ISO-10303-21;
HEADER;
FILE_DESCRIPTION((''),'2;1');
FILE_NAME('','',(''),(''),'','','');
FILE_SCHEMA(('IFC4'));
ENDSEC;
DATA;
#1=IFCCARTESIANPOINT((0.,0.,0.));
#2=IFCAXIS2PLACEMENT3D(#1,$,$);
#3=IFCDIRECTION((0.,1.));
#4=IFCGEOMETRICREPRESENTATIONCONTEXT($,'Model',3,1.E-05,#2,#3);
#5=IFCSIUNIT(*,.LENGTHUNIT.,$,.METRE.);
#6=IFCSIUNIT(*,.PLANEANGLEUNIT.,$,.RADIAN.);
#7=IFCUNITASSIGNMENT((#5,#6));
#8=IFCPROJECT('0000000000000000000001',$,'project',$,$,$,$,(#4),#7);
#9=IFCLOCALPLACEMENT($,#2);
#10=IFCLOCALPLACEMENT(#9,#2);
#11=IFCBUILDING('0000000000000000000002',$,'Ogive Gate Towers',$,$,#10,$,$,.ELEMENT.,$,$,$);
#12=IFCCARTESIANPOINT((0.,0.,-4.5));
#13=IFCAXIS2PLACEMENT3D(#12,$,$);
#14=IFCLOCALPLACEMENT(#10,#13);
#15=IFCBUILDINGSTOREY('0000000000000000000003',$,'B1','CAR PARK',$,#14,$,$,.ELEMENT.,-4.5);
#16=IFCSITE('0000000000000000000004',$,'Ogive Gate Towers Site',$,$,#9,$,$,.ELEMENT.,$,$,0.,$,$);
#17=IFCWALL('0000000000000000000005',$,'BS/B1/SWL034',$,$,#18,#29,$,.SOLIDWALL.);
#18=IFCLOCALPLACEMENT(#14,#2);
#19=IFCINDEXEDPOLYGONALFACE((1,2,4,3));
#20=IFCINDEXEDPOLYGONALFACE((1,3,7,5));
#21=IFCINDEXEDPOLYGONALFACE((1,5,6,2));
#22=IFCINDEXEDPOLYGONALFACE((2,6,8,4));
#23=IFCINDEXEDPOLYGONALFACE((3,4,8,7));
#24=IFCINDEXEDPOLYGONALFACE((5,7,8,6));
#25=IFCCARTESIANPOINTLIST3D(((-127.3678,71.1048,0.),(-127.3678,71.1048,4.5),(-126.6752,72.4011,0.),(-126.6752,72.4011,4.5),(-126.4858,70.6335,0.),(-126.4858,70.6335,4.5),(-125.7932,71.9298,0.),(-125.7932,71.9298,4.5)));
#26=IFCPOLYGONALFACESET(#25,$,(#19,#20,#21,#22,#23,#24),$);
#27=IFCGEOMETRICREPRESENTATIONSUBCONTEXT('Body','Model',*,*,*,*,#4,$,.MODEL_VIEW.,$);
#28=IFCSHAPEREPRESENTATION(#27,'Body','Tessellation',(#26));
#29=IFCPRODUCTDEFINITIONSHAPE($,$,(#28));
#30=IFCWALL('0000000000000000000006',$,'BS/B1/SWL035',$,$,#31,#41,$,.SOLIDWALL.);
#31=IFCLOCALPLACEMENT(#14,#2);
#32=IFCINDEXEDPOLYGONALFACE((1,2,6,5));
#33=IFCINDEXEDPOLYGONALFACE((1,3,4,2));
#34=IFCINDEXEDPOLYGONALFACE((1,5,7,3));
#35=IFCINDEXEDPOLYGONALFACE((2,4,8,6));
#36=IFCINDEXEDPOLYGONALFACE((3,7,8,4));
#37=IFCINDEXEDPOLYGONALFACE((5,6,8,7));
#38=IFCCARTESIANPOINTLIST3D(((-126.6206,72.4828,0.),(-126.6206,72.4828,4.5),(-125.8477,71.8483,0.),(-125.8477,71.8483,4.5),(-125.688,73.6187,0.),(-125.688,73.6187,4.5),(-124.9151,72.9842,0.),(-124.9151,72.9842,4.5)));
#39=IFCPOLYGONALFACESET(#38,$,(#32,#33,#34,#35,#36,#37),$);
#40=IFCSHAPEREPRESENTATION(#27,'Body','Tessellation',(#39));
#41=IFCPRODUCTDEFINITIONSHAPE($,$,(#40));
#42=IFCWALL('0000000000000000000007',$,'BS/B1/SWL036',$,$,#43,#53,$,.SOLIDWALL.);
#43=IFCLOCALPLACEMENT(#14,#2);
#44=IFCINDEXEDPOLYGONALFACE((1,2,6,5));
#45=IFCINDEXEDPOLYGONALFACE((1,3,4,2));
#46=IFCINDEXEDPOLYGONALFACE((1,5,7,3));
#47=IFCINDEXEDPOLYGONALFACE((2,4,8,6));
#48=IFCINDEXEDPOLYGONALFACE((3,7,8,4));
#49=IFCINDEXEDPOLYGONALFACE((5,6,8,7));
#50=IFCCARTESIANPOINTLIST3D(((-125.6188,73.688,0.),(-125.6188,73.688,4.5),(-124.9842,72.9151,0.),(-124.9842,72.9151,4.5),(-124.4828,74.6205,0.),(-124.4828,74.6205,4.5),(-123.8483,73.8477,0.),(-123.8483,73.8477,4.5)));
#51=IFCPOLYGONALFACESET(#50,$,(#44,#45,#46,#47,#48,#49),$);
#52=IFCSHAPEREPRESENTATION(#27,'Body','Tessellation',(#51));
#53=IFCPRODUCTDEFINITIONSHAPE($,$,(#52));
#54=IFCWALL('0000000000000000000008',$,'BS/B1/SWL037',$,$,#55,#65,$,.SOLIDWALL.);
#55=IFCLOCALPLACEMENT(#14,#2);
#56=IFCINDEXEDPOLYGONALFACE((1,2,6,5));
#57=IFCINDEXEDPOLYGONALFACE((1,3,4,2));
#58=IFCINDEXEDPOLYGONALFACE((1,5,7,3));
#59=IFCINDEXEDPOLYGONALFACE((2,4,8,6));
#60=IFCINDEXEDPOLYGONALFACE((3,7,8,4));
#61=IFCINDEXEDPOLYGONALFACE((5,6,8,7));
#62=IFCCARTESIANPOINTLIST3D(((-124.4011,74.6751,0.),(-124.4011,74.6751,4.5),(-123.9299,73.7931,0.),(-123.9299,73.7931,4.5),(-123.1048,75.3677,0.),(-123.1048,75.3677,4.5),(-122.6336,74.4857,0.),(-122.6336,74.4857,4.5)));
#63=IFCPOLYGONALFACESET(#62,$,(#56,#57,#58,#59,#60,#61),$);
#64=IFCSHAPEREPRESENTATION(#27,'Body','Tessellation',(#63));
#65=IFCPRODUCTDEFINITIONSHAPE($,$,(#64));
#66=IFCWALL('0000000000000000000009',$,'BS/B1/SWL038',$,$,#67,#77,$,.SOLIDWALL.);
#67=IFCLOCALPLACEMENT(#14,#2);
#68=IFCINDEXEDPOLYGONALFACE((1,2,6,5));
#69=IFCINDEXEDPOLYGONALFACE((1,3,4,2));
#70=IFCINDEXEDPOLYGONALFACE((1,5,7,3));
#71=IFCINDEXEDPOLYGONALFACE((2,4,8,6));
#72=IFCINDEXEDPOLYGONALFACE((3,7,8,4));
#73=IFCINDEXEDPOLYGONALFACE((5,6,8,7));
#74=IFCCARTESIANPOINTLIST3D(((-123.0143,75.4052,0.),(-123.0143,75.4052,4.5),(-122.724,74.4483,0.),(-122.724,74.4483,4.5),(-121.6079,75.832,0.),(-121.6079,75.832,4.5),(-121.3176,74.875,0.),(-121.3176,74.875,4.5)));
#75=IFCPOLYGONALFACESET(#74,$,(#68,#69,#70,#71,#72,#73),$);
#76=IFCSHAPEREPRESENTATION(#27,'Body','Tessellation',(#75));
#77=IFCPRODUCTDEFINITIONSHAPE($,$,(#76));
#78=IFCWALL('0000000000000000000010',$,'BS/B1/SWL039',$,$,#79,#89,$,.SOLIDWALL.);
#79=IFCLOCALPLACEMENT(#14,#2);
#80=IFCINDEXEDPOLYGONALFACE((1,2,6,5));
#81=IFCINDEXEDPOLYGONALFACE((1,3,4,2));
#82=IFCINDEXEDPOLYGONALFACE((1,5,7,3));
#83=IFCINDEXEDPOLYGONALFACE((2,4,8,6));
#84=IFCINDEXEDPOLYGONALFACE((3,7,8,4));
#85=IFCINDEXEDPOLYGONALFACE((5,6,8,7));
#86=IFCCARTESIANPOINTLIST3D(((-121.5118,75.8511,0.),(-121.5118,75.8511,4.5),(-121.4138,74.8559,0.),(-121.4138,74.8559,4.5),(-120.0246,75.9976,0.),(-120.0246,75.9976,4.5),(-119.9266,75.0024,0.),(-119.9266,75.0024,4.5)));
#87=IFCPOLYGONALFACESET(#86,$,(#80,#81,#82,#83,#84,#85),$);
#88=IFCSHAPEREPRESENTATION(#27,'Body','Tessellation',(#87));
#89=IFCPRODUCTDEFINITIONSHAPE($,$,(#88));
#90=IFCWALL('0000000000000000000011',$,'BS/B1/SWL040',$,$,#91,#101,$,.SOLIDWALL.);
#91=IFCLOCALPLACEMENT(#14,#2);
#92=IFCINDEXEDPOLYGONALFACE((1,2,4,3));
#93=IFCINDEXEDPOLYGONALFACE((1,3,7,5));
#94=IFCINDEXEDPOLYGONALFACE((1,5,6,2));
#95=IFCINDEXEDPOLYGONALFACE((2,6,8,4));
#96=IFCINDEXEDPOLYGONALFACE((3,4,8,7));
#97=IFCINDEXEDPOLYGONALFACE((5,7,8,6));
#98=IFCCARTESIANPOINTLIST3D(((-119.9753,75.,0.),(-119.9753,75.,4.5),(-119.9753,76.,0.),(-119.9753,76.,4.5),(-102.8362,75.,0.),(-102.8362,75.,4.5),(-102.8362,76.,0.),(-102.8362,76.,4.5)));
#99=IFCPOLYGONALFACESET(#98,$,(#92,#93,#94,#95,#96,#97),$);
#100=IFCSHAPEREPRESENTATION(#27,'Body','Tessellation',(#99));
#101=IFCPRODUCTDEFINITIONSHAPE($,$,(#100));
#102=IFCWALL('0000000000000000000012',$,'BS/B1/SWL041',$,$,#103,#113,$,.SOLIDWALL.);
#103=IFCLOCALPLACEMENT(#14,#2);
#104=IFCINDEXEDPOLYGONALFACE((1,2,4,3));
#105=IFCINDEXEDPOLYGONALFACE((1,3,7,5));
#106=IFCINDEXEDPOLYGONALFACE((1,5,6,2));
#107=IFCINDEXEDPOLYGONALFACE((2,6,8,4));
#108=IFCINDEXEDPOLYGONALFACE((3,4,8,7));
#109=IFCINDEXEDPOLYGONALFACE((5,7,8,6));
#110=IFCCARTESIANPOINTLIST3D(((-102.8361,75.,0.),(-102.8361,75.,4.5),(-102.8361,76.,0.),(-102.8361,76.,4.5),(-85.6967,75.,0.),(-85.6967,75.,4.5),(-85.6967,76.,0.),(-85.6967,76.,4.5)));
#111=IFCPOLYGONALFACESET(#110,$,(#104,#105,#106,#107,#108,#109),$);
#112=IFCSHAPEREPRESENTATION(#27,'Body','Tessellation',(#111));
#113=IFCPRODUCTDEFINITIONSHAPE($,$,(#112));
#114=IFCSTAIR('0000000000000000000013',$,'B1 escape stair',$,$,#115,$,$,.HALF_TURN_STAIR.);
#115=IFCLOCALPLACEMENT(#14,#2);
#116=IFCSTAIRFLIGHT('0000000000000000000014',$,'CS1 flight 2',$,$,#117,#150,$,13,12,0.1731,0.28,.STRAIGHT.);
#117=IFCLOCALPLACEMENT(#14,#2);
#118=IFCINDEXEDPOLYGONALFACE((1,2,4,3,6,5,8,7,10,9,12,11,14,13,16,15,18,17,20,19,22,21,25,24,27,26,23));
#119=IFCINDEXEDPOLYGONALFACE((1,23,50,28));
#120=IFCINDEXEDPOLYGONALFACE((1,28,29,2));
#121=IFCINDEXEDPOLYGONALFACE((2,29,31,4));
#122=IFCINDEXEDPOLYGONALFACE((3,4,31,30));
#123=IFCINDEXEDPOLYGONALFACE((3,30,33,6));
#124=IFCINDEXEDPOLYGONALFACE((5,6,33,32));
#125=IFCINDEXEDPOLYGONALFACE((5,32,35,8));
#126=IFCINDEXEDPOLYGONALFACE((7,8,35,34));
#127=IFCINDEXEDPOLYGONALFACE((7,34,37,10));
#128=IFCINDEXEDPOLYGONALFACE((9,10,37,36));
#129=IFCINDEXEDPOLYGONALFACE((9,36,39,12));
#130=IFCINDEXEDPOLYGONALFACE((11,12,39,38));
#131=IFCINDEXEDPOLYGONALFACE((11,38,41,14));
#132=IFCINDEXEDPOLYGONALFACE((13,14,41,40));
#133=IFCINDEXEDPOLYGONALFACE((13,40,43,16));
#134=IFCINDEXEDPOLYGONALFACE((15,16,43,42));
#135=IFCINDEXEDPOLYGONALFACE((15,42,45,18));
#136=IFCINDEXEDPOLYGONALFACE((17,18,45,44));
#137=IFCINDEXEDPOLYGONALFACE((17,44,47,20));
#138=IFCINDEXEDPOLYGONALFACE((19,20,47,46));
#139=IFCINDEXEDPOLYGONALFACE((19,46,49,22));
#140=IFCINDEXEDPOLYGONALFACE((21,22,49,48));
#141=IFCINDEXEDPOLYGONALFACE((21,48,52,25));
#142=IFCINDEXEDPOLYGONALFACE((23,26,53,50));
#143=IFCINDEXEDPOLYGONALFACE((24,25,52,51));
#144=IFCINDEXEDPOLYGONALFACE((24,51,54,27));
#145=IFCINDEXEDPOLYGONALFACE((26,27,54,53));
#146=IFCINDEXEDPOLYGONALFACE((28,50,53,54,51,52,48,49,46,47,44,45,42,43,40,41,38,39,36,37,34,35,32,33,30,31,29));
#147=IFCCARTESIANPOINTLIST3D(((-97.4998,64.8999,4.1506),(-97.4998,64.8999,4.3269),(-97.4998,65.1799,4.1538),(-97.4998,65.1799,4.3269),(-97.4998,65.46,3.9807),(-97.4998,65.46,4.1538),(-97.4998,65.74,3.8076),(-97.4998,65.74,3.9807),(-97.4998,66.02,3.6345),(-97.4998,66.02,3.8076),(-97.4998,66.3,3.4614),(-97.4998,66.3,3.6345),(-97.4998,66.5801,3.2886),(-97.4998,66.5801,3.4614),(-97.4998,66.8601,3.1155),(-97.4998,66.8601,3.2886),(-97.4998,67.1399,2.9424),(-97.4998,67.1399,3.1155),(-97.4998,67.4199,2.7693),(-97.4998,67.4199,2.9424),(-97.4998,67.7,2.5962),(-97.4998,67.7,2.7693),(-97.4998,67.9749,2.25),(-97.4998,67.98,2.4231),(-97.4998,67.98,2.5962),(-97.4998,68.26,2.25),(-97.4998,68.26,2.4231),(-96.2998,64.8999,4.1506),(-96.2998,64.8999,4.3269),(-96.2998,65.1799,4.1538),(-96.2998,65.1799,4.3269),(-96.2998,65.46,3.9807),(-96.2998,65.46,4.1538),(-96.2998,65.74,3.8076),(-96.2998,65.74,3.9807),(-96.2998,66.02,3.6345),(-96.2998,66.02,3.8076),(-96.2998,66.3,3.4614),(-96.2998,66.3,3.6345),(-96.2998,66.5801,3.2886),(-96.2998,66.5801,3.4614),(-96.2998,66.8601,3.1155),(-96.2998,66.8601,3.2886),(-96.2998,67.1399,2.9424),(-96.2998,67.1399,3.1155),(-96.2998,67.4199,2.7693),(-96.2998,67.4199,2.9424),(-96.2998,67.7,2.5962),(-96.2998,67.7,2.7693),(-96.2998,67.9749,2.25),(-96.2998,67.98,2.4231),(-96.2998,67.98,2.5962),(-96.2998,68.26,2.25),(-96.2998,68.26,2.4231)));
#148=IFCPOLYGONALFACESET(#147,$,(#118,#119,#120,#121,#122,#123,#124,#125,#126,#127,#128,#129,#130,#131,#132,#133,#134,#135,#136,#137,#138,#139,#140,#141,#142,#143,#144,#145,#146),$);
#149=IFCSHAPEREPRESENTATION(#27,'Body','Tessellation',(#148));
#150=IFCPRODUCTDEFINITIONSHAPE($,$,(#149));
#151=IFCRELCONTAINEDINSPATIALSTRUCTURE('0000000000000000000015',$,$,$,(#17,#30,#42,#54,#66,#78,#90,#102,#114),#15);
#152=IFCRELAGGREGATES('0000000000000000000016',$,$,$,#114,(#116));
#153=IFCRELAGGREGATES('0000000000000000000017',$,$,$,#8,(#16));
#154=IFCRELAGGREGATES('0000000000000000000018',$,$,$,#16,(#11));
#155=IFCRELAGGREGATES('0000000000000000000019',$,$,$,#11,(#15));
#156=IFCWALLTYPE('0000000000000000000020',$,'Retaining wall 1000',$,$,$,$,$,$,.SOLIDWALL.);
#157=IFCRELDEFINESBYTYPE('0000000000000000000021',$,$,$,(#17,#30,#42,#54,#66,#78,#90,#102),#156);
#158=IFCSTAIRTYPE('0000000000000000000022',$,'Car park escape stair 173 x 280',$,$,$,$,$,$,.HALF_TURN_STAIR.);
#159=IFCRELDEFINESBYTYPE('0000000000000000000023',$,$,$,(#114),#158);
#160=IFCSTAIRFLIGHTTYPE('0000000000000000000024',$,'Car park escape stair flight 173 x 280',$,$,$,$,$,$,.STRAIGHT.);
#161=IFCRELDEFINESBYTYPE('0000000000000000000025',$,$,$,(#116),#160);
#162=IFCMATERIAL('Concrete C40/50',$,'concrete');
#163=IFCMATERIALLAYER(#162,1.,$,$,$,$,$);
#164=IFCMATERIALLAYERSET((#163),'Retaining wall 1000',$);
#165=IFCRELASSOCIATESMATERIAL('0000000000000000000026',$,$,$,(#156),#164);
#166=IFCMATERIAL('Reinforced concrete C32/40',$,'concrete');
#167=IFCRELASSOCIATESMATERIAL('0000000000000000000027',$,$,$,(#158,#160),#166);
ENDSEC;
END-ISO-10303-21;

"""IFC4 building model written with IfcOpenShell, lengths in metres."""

from ifc_helpers import new_model, si_unit, direction, frame, frame_2d, origin, place, context, subcontext, project, spatial, polyline, rectangle, outline, extrude, material, layer, layer_set, type_object, element, aggregate, save


model = new_model("IFC4")

# Units and contexts
model_context = context("Model", 3, precision=1e-05, world=origin(), true_north=direction((0.0, 1.0)))
body_context = subcontext(model_context, "Body", "Model", "MODEL_VIEW")
ifc_project = project(units=[si_unit("LENGTHUNIT", "METRE"), si_unit("PLANEANGLEUNIT", "RADIAN")], contexts=[model_context])

# Site, building, storey
site_placement = place(None, origin())
site = spatial("IfcSite", under=ifc_project, at=site_placement, Name="Ogive Gate Towers Site", CompositionType="ELEMENT", RefElevation=0.0)
building_placement = place(site_placement, origin())
building = spatial("IfcBuilding", under=site, at=building_placement, Name="Ogive Gate Towers", CompositionType="ELEMENT")
storey_placement = place(building_placement, frame((0.0, 0.0, -4.5)))
storey = spatial("IfcBuildingStorey", under=building, at=storey_placement, Name="B1", Description="CAR PARK", CompositionType="ELEMENT", Elevation=-4.5)

# Shared definitions
ifc_material_1 = material(Name="Reinforced concrete C32/40", Category="concrete")

# Walls
ifc_material_2 = material(Name="Concrete C40/50", Category="concrete")
ifc_layer_1 = layer(ifc_material_2, 1.0)
ifc_layer_set_1 = layer_set([ifc_layer_1], Name="Retaining wall 1000")
wall_type_1 = type_object("IfcWallType", Name="Retaining wall 1000", PredefinedType="SOLIDWALL", material=ifc_layer_set_1)
for number, where, z_axis, x_axis, name in (
    (1, (-126.9268, 70.8691, 0.0), (0.0, 0.0, 1.0), (0.471235, 0.882008, 0.0), "BS/B1/SWL034"),
    (2, (-126.2341, 72.1655, 0.0), (0.0, 0.0, 1.0), (0.63453, 0.772898, 0.0), "BS/B1/SWL035"),
    (3, (-125.3015, 73.3015, 0.0), (0.0, 0.0, 1.0), (0.772898, 0.63453, 0.0), "BS/B1/SWL036"),
    (4, (-124.1655, 74.2341, 0.0), (0.0, 0.0, 1.0), (0.882008, 0.471235, 0.0), "BS/B1/SWL037"),
    (5, (-122.8691, 74.9268, 0.0), (0.0, 0.0, 1.0), (0.956921, 0.290349, 0.0), "BS/B1/SWL038"),
):
    element("IfcWall", number, at=place(storey_placement, frame(where, z_axis=z_axis, x_axis=x_axis)), inside=storey, type_object=wall_type_1, Name=name, PredefinedType="SOLIDWALL", context=body_context, shape_type="SweptSolid", body=[
        extrude(rectangle(XDim=1.4697, YDim=1.0, at=frame_2d((0.7349, 0.0))), origin(), (0.0, 0.0, 1.0), 4.5),
    ])
wall_1_placement = place(storey_placement, frame((-121.4626, 75.3535, 0.0), z_axis=(0.0, 0.0, 1.0), x_axis=(0.995185, 0.098016, 0.0)))
element("IfcWall", 6, at=wall_1_placement, inside=storey, type_object=wall_type_1, Name="BS/B1/SWL039", PredefinedType="SOLIDWALL", context=body_context, shape_type="SweptSolid", body=[
    extrude(rectangle(XDim=1.4944, YDim=1.0, at=frame_2d((0.7471, 0.0))), origin(), (0.0, 0.0, 1.0), 4.5),
])
wall_2_placement = place(storey_placement, frame((-119.9753, 75.5, 0.0), z_axis=(0.0, 0.0, 1.0), x_axis=(1.0, 0.0, 0.0)))
element("IfcWall", 7, at=wall_2_placement, inside=storey, type_object=wall_type_1, Name="BS/B1/SWL040", PredefinedType="SOLIDWALL", context=body_context, shape_type="SweptSolid", body=[
    extrude(rectangle(XDim=17.1392, YDim=1.0, at=frame_2d((8.5696, 0.0))), origin(), (0.0, 0.0, 1.0), 4.5),
])
wall_3_placement = place(storey_placement, frame((-102.8362, 75.5, 0.0), z_axis=(0.0, 0.0, 1.0), x_axis=(1.0, 0.0, 0.0)))
element("IfcWall", 8, at=wall_3_placement, inside=storey, type_object=wall_type_1, Name="BS/B1/SWL041", PredefinedType="SOLIDWALL", context=body_context, shape_type="SweptSolid", body=[
    extrude(rectangle(XDim=17.1394, YDim=1.0, at=frame_2d((8.5698, 0.0))), origin(), (0.0, 0.0, 1.0), 4.5),
])

# Stair, stair flight
stair_type = type_object("IfcStairType", Name="Car park escape stair 173 x 280", PredefinedType="HALF_TURN_STAIR", material=ifc_material_1)
stair_placement = place(storey_placement, origin())
stair = element("IfcStair", 9, at=stair_placement, inside=storey, type_object=stair_type, Name="B1 escape stair", PredefinedType="HALF_TURN_STAIR")
stair_flight_type = type_object("IfcStairFlightType", Name="Car park escape stair flight 173 x 280", PredefinedType="STRAIGHT", material=ifc_material_1)
stair_flight_placement = place(storey_placement, frame((-96.8999, 68.26, 2.25), z_axis=(0.0, 0.0, 1.0), x_axis=(0.0, -1.0, 0.0)))
stair_flight = element("IfcStairFlight", 10, at=stair_flight_placement, type_object=stair_flight_type, Name="CS1 flight 2", NumberOfRisers=13, NumberOfTreads=12, PredefinedType="STRAIGHT", RiserHeight=0.1731, TreadLength=0.28, context=body_context, shape_type="SweptSolid", body=[
    extrude(outline(polyline([(0.0, 0.0), (0.0, 0.1731), (0.28, 0.1731), (0.28, 0.3462), (0.5601, 0.3462), (0.5601, 0.5193), (0.8401, 0.5193), (0.8401, 0.6924), (1.1201, 0.6924), (1.1201, 0.8655), (1.3999, 0.8655), (1.3999, 1.0386), (1.6799, 1.0386), (1.6799, 1.2114), (1.96, 1.2114), (1.96, 1.3845), (2.24, 1.3845), (2.24, 1.5576), (2.52, 1.5576), (2.52, 1.7307), (2.8, 1.7307), (2.8, 1.9038), (3.0801, 1.9038), (3.0801, 2.0769), (3.3601, 2.0769), (3.3601, 2.25), (3.3601, 1.9006), (0.2852, 0.0), (0.0, 0.0)])), frame((0.0, 0.6001, 0.0), z_axis=(0.0, -1.0, 0.0), x_axis=(1.0, 0.0, 0.0)), (0.0, 0.0, 1.0), 1.2),
])
aggregate(stair, [stair_flight])

save(model, "model.ifc")
